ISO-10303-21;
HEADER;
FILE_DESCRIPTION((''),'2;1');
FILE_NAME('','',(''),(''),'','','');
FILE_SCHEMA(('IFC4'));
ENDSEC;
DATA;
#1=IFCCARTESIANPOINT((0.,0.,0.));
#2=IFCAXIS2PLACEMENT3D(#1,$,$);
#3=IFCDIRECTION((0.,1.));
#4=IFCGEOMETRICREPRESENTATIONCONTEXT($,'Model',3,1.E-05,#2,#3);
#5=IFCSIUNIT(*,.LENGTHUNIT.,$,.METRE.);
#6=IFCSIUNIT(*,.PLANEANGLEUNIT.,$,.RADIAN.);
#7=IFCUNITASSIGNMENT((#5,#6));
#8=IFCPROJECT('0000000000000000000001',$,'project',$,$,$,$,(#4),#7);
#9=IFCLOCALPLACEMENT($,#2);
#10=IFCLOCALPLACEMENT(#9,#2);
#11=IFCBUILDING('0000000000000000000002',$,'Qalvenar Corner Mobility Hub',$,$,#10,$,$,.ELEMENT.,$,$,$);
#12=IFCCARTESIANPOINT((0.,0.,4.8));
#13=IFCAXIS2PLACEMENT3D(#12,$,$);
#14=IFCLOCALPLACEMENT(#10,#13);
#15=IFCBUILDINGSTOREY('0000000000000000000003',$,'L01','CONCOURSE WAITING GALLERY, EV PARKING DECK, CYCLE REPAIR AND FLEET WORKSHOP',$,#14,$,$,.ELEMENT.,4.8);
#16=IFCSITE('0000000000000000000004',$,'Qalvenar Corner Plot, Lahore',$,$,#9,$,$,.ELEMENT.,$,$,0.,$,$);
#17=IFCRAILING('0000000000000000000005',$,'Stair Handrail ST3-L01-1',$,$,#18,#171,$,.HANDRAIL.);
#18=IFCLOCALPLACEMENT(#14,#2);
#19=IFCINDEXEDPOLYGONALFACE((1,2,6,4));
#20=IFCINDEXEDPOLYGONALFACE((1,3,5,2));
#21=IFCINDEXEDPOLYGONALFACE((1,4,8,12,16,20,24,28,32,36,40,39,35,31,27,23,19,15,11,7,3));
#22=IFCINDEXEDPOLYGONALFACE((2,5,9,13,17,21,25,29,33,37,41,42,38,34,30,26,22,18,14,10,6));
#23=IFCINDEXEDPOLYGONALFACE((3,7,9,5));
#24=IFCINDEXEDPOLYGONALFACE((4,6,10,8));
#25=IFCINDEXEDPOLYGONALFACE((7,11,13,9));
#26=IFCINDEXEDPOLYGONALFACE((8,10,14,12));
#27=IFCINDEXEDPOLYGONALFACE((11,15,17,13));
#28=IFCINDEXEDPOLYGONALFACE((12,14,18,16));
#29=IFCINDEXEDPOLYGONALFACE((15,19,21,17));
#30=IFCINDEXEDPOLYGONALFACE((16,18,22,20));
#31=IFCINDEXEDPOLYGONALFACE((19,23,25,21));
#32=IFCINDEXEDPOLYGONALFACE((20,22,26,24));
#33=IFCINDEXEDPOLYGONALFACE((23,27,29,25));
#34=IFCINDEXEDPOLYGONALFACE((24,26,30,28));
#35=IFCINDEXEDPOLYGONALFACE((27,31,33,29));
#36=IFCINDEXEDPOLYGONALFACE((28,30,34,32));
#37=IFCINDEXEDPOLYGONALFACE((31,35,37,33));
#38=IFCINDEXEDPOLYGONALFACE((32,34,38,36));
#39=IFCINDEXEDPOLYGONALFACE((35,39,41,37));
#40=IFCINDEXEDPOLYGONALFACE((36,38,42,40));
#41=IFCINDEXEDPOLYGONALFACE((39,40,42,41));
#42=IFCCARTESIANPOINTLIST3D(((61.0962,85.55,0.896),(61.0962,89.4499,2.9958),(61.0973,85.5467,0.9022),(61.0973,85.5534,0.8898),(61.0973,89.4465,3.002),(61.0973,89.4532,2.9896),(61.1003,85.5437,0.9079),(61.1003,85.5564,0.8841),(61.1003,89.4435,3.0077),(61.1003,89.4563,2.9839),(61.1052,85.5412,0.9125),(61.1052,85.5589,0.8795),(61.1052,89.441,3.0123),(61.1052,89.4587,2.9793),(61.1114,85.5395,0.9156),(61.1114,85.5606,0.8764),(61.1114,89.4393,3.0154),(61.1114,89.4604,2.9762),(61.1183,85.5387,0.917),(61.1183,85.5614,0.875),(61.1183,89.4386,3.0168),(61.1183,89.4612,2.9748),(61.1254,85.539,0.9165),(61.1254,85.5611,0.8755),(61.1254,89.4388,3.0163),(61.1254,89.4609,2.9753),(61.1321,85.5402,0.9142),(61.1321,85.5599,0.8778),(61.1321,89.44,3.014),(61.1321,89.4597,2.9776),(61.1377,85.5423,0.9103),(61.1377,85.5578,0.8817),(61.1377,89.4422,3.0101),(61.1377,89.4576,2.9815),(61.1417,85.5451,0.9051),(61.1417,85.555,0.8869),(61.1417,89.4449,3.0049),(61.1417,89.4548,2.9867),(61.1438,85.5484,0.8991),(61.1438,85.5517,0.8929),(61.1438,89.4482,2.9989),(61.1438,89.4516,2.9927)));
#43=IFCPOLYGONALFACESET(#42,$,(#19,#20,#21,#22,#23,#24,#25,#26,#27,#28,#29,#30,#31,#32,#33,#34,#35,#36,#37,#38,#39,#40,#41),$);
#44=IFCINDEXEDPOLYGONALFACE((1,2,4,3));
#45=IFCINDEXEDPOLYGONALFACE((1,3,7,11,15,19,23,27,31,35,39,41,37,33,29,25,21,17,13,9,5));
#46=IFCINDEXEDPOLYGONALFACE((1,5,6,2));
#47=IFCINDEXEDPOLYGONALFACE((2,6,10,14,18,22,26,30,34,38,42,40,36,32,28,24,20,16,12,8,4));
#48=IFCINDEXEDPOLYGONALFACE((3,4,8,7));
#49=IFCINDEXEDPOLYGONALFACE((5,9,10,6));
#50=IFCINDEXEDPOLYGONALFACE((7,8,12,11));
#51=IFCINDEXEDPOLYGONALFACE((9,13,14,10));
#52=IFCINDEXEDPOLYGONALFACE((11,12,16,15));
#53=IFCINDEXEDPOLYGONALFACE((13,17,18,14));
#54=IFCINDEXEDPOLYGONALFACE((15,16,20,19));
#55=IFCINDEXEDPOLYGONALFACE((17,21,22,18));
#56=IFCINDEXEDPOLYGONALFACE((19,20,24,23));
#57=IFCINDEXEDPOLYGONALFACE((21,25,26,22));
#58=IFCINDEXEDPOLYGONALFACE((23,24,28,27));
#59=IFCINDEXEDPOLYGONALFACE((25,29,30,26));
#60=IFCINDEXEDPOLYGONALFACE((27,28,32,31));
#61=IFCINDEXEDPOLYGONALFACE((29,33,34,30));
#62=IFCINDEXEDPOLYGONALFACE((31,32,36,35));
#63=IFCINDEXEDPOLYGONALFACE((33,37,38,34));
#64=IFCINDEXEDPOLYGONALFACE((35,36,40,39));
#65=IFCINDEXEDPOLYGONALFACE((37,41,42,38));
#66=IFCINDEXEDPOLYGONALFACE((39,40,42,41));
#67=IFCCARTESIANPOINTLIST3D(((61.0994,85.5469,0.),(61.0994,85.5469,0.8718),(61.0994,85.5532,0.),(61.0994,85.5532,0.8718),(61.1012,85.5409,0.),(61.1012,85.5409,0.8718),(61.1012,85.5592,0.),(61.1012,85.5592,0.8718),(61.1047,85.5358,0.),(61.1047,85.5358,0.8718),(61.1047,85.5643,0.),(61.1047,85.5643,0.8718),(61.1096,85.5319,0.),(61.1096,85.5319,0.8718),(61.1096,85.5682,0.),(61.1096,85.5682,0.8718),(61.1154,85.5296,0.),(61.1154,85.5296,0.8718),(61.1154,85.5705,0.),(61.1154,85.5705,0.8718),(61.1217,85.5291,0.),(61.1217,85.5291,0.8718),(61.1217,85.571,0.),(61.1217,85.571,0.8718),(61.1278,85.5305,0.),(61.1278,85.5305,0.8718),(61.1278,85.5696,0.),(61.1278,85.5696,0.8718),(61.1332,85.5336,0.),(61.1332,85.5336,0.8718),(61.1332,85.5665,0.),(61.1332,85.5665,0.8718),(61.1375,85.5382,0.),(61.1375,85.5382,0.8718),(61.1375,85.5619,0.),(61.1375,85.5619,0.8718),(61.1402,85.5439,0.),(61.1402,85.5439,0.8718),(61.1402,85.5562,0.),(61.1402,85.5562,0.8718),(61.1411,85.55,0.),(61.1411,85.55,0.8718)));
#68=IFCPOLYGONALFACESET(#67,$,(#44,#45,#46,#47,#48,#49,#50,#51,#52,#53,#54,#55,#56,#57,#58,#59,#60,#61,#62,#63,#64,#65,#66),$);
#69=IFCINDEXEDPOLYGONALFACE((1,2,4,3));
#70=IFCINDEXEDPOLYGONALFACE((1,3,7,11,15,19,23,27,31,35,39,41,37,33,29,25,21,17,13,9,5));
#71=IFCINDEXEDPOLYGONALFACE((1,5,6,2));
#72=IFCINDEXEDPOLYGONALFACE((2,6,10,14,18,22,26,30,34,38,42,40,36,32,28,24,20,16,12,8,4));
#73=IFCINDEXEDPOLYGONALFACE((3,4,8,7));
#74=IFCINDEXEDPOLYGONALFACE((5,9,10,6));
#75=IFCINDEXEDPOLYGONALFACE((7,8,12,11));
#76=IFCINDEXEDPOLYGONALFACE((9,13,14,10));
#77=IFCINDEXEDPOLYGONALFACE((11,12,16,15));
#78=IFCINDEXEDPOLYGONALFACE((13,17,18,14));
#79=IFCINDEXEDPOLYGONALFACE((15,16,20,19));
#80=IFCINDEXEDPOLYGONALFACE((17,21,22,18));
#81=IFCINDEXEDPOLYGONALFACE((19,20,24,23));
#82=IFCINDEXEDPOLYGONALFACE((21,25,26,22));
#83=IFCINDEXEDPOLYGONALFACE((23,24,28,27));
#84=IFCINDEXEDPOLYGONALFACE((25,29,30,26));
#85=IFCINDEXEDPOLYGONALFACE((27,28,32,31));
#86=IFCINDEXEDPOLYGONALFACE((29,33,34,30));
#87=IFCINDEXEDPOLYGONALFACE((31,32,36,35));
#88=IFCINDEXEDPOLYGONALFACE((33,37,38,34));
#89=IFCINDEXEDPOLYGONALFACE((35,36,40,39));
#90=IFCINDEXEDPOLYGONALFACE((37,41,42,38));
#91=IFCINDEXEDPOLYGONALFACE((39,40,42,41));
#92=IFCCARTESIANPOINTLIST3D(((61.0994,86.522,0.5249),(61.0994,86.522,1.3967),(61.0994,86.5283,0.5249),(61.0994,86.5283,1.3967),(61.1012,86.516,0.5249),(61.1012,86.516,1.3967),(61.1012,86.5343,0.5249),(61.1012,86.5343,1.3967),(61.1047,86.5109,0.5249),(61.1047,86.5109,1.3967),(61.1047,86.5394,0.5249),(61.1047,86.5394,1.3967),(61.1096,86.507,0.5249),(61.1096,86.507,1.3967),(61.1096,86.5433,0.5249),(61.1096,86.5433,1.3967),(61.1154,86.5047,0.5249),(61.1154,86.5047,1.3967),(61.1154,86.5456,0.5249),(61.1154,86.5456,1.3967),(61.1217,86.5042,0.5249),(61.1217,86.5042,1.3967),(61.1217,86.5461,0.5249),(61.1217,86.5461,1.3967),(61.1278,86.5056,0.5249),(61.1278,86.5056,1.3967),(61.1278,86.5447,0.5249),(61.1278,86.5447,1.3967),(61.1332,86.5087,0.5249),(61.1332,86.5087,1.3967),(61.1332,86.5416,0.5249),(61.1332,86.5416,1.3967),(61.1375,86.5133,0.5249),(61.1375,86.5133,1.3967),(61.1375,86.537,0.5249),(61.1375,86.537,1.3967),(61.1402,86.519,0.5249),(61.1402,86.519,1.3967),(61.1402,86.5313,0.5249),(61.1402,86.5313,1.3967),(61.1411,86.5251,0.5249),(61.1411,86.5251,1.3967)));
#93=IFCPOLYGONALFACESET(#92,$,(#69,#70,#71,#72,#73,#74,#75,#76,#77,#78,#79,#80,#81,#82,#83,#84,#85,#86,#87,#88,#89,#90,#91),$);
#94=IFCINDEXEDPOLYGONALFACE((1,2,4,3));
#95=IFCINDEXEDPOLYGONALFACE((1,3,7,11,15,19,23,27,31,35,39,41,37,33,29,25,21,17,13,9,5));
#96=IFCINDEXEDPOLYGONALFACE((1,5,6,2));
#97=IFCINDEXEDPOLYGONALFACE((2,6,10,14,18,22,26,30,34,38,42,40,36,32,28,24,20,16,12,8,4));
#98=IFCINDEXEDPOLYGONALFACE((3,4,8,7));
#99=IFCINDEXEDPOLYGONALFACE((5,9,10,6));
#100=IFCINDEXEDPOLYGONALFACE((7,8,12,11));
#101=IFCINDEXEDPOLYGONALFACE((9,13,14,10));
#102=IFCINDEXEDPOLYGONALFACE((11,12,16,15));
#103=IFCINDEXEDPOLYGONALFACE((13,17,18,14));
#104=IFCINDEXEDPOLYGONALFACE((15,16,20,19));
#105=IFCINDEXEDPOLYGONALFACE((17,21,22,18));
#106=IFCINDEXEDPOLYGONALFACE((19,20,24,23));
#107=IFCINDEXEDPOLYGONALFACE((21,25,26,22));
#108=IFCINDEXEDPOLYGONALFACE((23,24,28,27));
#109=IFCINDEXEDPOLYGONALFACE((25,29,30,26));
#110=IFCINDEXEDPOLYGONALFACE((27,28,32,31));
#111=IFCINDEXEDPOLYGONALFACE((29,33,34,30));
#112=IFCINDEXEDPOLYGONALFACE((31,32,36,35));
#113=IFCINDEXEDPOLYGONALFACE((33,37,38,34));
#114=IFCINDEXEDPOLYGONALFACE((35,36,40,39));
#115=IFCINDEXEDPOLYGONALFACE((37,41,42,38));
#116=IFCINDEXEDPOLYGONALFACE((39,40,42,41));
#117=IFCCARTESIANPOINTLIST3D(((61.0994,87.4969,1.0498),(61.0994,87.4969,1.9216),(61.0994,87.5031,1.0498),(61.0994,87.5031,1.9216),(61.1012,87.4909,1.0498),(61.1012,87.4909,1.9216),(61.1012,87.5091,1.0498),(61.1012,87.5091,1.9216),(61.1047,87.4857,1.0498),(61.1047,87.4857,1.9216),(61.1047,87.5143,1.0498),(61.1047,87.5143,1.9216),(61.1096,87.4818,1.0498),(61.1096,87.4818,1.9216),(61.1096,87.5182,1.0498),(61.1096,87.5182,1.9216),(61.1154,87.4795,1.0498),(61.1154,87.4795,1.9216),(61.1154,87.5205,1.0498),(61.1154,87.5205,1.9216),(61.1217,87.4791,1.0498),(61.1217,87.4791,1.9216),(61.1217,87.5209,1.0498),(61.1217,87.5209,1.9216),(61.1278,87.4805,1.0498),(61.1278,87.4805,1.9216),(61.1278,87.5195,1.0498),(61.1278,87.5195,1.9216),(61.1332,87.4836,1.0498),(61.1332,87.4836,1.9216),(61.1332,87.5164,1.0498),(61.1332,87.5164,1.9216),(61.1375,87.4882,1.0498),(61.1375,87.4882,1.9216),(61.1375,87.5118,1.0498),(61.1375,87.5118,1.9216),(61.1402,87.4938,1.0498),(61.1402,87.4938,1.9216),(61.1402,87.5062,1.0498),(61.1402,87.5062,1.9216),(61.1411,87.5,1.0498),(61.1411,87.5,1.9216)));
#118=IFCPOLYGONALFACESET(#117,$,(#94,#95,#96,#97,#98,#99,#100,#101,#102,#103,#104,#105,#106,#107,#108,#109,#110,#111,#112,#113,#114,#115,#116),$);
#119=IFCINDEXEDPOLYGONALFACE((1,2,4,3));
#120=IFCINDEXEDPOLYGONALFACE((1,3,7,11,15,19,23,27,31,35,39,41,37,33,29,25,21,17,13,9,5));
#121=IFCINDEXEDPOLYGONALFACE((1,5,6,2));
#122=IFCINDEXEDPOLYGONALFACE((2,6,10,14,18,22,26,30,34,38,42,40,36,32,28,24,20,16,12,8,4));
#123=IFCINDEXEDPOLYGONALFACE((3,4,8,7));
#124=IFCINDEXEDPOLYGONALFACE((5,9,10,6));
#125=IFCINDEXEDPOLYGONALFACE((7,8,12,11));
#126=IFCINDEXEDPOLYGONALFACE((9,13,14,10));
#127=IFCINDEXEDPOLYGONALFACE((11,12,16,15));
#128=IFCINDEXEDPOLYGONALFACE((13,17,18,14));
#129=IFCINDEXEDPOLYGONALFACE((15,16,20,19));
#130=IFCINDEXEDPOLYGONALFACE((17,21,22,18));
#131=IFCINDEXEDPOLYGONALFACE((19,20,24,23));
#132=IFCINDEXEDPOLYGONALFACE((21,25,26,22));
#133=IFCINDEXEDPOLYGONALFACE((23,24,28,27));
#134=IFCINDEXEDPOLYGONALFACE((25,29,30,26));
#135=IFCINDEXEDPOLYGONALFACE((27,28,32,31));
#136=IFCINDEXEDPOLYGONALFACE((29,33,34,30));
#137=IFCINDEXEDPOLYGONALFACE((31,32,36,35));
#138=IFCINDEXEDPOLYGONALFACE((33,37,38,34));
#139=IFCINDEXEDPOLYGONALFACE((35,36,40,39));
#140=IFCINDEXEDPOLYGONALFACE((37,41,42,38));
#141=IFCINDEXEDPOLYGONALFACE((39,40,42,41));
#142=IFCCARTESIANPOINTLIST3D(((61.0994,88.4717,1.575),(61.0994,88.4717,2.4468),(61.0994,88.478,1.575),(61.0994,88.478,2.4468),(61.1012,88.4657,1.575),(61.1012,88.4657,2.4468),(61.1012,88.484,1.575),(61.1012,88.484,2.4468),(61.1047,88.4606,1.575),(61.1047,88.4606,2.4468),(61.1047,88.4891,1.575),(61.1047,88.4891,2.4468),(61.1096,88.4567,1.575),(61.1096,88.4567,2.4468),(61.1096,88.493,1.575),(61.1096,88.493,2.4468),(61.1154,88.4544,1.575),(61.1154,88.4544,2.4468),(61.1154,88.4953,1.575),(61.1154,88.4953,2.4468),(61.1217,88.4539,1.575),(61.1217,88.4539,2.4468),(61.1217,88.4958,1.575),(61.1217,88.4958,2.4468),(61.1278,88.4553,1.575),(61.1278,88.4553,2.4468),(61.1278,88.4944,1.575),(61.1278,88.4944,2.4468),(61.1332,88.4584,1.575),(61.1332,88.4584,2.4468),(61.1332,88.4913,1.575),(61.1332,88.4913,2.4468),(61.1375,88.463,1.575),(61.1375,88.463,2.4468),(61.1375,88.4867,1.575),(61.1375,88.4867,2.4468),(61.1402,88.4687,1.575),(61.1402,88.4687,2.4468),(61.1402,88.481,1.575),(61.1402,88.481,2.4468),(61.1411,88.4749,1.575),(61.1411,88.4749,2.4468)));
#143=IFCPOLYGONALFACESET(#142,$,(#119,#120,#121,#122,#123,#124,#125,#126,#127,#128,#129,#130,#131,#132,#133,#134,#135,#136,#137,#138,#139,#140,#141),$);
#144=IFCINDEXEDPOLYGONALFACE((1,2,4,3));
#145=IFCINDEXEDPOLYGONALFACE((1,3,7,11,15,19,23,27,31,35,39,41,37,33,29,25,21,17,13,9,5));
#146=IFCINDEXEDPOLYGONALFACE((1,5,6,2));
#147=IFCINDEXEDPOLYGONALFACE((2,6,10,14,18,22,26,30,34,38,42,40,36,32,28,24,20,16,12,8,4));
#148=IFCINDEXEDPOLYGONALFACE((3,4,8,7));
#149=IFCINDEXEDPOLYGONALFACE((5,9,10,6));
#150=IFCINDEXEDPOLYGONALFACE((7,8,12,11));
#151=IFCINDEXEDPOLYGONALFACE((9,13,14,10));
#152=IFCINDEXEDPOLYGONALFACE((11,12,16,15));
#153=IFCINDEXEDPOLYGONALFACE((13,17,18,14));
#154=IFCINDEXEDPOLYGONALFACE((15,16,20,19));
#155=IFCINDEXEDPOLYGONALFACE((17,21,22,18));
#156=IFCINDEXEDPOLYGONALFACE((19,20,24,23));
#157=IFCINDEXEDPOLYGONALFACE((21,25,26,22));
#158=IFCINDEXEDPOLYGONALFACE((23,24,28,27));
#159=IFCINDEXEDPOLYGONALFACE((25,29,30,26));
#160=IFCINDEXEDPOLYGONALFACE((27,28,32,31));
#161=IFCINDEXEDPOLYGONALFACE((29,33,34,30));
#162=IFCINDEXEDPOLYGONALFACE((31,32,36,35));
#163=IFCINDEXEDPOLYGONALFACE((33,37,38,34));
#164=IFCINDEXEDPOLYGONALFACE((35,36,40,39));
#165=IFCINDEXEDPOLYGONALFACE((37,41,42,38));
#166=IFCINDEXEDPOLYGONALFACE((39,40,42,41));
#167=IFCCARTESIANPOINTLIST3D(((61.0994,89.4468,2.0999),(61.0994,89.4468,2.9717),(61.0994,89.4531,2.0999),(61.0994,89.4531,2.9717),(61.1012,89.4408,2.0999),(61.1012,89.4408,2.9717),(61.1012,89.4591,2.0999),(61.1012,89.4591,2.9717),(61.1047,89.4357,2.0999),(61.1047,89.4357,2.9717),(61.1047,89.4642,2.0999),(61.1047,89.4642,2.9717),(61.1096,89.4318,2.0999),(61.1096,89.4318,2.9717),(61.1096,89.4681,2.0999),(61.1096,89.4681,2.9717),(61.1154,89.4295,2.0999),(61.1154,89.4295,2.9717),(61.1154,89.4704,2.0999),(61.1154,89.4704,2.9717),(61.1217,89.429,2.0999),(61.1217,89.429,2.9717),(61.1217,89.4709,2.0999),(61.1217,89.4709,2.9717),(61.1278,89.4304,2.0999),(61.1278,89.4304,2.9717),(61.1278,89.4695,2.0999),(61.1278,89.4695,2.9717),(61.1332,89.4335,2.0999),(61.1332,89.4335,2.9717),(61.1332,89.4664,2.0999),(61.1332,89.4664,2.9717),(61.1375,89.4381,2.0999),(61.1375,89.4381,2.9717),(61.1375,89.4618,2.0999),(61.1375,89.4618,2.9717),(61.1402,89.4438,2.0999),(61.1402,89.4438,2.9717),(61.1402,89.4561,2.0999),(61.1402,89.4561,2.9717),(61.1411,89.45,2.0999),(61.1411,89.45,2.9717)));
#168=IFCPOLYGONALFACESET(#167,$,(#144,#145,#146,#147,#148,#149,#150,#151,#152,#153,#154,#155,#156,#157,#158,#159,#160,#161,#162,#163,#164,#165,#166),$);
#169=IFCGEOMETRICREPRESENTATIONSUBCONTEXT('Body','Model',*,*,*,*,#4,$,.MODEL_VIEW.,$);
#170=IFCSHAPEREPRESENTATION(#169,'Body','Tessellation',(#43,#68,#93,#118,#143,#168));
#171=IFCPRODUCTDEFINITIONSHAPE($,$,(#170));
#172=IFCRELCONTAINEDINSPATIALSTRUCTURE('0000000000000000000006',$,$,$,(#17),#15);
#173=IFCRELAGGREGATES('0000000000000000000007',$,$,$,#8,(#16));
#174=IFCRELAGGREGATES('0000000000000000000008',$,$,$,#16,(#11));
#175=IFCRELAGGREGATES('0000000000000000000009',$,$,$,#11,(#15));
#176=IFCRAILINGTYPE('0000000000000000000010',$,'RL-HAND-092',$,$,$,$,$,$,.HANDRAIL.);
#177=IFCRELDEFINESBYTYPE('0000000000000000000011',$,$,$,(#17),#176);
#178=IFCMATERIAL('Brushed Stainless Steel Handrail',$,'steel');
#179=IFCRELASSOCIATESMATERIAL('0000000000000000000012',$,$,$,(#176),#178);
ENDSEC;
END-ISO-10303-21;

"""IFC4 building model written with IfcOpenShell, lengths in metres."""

from ifc_helpers import new_model, si_unit, direction, frame, origin, origin_2d, place, context, subcontext, project, spatial, circle, extrude, material, type_object, element, save


model = new_model("IFC4")

# Units and contexts
model_context = context("Model", 3, precision=1e-05, world=origin(), true_north=direction((0.0, 1.0)))
body_context = subcontext(model_context, "Body", "Model", "MODEL_VIEW")
ifc_project = project(units=[si_unit("LENGTHUNIT", "METRE"), si_unit("PLANEANGLEUNIT", "RADIAN")], contexts=[model_context])

# Site, building, storey
site_placement = place(None, origin())
site = spatial("IfcSite", under=ifc_project, at=site_placement, Name="Qalvenar Corner Plot, Lahore", CompositionType="ELEMENT", RefElevation=0.0)
building_placement = place(site_placement, origin())
building = spatial("IfcBuilding", under=site, at=building_placement, Name="Qalvenar Corner Mobility Hub", CompositionType="ELEMENT")
storey_placement = place(building_placement, frame((0.0, 0.0, 4.8)))
storey = spatial("IfcBuildingStorey", under=building, at=storey_placement, Name="L01", Description="CONCOURSE WAITING GALLERY, EV PARKING DECK, CYCLE REPAIR AND FLEET WORKSHOP", CompositionType="ELEMENT", Elevation=4.8)

# Railing
ifc_material_1 = material(Name="Brushed Stainless Steel Handrail", Category="steel")
railing_type_1 = type_object("IfcRailingType", Name="RL-HAND-092", PredefinedType="HANDRAIL", material=ifc_material_1)
railing_1_placement = place(storey_placement, frame((61.1201, 85.55, 0.0)))
element("IfcRailing", 1, at=railing_1_placement, inside=storey, type_object=railing_type_1, Name="Stair Handrail ST3-L01-1", PredefinedType="HANDRAIL", context=body_context, shape_type="SweptSolid", body=[
    extrude(circle(Radius=0.0239, at=origin_2d()), frame((0.0, 0.0, 0.896), z_axis=(0.0, 0.88048, 0.474083), x_axis=(-1.0, 0.0, 0.0)), (0.0, 0.0, 1.0), 4.4292),
    extrude(circle(Radius=0.021, at=origin_2d()), origin(), (0.0, 0.0, 1.0), 0.8718),
    extrude(circle(Radius=0.021, at=origin_2d()), frame((0.0, 0.9751, 0.5249)), (0.0, 0.0, 1.0), 0.8718),
    extrude(circle(Radius=0.021, at=origin_2d()), frame((0.0, 1.95, 1.0498)), (0.0, 0.0, 1.0), 0.8718),
    extrude(circle(Radius=0.021, at=origin_2d()), frame((0.0, 2.9248, 1.575)), (0.0, 0.0, 1.0), 0.8718),
    extrude(circle(Radius=0.021, at=origin_2d()), frame((0.0, 3.8999, 2.0999)), (0.0, 0.0, 1.0), 0.8718),
])

save(model, "model.ifc")
